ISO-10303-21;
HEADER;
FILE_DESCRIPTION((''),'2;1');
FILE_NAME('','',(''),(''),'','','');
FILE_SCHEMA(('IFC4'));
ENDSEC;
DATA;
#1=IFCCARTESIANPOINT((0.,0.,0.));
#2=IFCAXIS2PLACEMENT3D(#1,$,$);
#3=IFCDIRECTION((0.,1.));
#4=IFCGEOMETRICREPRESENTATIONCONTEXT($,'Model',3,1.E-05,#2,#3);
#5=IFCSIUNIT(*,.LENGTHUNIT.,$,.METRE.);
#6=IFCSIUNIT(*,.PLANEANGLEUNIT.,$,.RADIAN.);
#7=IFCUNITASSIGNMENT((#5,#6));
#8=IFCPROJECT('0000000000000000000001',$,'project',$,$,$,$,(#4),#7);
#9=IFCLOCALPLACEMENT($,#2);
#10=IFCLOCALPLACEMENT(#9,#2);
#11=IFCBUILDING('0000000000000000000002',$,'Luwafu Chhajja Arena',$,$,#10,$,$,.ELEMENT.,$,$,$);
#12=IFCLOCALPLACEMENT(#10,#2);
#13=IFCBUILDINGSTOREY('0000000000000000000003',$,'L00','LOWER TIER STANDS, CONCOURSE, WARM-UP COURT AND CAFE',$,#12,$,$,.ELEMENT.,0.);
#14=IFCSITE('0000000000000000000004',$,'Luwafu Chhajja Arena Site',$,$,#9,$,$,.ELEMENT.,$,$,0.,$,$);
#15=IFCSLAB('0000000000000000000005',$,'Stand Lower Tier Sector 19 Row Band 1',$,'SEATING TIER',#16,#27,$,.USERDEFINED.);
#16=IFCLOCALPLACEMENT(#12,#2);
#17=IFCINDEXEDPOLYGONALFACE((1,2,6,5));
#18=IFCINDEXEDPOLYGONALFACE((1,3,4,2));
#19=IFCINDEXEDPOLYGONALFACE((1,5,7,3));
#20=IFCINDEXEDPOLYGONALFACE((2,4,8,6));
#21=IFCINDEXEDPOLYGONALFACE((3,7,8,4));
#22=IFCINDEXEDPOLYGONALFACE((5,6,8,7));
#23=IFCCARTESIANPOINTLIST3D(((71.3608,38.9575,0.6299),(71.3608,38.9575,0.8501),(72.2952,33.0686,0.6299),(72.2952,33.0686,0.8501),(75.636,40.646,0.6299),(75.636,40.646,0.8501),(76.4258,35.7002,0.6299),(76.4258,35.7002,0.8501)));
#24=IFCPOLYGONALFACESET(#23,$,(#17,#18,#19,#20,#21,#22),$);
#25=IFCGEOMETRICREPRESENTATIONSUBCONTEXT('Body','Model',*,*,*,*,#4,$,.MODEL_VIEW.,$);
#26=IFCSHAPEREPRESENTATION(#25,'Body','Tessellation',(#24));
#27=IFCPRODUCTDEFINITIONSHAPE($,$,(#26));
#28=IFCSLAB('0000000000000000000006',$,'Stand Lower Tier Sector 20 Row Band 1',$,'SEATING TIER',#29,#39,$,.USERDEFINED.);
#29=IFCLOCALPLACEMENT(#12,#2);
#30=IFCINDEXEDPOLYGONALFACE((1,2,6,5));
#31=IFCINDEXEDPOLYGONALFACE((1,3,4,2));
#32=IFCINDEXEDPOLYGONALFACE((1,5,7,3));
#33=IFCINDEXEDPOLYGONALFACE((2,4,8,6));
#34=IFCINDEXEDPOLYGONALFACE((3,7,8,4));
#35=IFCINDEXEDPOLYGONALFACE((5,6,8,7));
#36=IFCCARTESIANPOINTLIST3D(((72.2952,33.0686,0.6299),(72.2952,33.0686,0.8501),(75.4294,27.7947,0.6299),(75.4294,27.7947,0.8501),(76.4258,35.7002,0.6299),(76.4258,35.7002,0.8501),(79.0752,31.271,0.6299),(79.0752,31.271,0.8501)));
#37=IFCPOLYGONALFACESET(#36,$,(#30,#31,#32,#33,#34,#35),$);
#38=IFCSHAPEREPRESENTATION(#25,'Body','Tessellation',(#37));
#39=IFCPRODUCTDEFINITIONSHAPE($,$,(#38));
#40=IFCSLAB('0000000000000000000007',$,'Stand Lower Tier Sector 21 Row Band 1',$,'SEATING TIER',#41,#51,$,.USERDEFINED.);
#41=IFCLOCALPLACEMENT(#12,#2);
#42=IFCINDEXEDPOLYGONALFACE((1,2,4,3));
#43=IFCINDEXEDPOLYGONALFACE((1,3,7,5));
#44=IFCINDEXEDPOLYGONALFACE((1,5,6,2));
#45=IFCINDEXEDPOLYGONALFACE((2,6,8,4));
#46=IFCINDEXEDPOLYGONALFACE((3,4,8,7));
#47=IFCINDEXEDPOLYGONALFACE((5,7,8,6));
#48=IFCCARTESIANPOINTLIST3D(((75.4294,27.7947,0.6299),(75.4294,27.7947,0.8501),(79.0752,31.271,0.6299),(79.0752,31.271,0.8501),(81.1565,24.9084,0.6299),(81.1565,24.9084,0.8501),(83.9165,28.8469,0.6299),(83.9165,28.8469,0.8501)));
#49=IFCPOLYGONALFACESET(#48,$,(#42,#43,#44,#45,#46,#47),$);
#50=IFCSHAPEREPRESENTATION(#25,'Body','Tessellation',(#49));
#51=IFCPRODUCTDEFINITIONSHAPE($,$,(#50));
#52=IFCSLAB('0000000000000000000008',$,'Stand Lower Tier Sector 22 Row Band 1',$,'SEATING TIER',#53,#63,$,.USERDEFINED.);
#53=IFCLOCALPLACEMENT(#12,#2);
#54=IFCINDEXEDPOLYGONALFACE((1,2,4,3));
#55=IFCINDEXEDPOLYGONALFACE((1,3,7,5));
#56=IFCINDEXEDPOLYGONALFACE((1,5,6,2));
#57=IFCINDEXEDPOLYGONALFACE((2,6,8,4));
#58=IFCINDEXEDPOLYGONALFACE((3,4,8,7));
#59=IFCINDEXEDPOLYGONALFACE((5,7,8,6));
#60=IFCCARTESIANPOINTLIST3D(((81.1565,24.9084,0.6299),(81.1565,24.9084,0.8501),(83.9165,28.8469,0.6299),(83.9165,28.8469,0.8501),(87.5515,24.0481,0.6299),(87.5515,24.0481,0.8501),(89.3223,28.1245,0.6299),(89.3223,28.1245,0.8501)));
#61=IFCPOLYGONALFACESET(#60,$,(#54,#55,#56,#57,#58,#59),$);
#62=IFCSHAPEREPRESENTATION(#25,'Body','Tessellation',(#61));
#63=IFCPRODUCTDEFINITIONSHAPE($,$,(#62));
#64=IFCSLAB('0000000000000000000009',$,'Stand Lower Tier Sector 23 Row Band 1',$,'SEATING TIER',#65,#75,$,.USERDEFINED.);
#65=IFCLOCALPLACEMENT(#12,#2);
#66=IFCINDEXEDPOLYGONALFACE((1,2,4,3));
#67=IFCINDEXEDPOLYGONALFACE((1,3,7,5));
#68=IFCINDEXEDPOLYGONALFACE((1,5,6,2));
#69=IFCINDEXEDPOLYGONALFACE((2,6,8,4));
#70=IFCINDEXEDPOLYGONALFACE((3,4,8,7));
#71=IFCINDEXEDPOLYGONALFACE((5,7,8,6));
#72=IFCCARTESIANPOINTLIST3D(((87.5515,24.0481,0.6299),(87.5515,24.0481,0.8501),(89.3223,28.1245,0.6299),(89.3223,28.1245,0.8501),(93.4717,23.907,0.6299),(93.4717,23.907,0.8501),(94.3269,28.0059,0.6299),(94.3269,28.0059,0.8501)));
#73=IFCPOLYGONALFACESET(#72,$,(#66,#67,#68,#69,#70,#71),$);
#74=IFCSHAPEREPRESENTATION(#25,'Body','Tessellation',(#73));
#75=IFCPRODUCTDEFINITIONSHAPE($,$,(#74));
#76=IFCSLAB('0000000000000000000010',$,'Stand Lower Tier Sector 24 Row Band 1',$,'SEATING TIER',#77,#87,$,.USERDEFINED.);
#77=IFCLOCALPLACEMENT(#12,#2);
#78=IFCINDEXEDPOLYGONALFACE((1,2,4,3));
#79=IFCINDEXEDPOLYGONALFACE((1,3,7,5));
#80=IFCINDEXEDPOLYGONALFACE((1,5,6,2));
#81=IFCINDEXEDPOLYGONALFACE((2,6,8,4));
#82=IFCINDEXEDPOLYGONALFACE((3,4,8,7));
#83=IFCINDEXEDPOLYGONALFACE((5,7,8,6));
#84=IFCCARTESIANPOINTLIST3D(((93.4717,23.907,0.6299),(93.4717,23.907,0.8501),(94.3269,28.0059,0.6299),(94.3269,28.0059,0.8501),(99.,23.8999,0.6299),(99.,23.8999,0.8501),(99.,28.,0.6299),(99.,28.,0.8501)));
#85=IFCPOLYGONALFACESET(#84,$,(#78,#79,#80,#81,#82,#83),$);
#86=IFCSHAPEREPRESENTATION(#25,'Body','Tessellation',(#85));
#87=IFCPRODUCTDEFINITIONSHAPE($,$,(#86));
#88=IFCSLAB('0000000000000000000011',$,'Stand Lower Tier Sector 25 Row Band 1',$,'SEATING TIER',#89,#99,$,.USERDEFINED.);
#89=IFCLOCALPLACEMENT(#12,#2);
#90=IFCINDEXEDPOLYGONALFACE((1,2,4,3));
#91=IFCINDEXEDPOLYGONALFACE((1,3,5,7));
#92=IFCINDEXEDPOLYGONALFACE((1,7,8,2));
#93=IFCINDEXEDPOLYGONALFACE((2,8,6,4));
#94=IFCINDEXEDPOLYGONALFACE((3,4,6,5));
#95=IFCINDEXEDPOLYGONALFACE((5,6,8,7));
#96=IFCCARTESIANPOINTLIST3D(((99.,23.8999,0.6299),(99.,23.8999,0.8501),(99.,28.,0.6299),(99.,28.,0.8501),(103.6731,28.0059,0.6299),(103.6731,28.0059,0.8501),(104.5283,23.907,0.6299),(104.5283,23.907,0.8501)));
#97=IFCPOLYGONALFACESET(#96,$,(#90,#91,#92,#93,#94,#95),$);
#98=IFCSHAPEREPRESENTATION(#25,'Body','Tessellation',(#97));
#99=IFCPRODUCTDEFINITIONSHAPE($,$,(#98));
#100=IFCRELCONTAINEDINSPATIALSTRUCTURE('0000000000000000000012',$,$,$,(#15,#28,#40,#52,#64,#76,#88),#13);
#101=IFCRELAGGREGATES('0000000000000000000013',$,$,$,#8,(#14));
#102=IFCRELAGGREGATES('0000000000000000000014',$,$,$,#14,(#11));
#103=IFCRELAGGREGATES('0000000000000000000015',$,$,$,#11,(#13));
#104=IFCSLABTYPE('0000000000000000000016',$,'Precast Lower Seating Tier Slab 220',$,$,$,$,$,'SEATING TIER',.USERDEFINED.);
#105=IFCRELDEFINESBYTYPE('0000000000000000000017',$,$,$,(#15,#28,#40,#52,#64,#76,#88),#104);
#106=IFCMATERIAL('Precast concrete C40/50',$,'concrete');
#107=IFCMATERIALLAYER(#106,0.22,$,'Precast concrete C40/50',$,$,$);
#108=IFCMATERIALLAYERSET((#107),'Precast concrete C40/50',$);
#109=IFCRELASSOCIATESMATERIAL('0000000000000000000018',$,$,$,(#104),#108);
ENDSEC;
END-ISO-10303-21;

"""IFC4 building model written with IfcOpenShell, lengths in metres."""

from ifc_helpers import new_model, si_unit, direction, frame, origin, place, context, subcontext, project, spatial, polyline, outline, extrude, material, layer, layer_set, type_object, element, save


model = new_model("IFC4")

# Units and contexts
model_context = context("Model", 3, precision=1e-05, world=origin(), true_north=direction((0.0, 1.0)))
body_context = subcontext(model_context, "Body", "Model", "MODEL_VIEW")
ifc_project = project(units=[si_unit("LENGTHUNIT", "METRE"), si_unit("PLANEANGLEUNIT", "RADIAN")], contexts=[model_context])

# Site, building, storey
site_placement = place(None, origin())
site = spatial("IfcSite", under=ifc_project, at=site_placement, Name="Luwafu Chhajja Arena Site", CompositionType="ELEMENT", RefElevation=0.0)
building_placement = place(site_placement, origin())
building = spatial("IfcBuilding", under=site, at=building_placement, Name="Luwafu Chhajja Arena", CompositionType="ELEMENT")
storey_placement = place(building_placement, origin())
storey = spatial("IfcBuildingStorey", under=building, at=storey_placement, Name="L00", Description="LOWER TIER STANDS, CONCOURSE, WARM-UP COURT AND CAFE", CompositionType="ELEMENT", Elevation=0.0)

# Slabs
ifc_material = material(Name="Precast concrete C40/50", Category="concrete")
ifc_layer = layer(ifc_material, 0.22, Name="Precast concrete C40/50")
ifc_layer_set = layer_set([ifc_layer], Name="Precast concrete C40/50")
slab_type = type_object("IfcSlabType", Name="Precast Lower Seating Tier Slab 220", ElementType="SEATING TIER", PredefinedType="USERDEFINED", material=ifc_layer_set)
slab_1_placement = place(storey_placement, frame((0.0, 0.0, 0.6299)))
element("IfcSlab", 1, at=slab_1_placement, inside=storey, type_object=slab_type, Name="Stand Lower Tier Sector 19 Row Band 1", ObjectType="SEATING TIER", PredefinedType="USERDEFINED", context=body_context, shape_type="SweptSolid", body=[
    extrude(outline(polyline([(75.636, 40.646), (76.4258, 35.7002), (72.2952, 33.0686), (71.3608, 38.9575), (75.636, 40.646)])), origin(), (0.0, 0.0, 1.0), 0.2202),
])
slab_2_placement = place(storey_placement, frame((0.0, 0.0, 0.6299)))
element("IfcSlab", 2, at=slab_2_placement, inside=storey, type_object=slab_type, Name="Stand Lower Tier Sector 20 Row Band 1", ObjectType="SEATING TIER", PredefinedType="USERDEFINED", context=body_context, shape_type="SweptSolid", body=[
    extrude(outline(polyline([(76.4258, 35.7002), (79.0752, 31.271), (75.4294, 27.7947), (72.2952, 33.0686), (76.4258, 35.7002)])), origin(), (0.0, 0.0, 1.0), 0.2202),
])
slab_3_placement = place(storey_placement, frame((0.0, 0.0, 0.6299)))
element("IfcSlab", 3, at=slab_3_placement, inside=storey, type_object=slab_type, Name="Stand Lower Tier Sector 21 Row Band 1", ObjectType="SEATING TIER", PredefinedType="USERDEFINED", context=body_context, shape_type="SweptSolid", body=[
    extrude(outline(polyline([(79.0752, 31.271), (83.9165, 28.8469), (81.1565, 24.9084), (75.4294, 27.7947), (79.0752, 31.271)])), origin(), (0.0, 0.0, 1.0), 0.2202),
])
slab_4_placement = place(storey_placement, frame((0.0, 0.0, 0.6299)))
element("IfcSlab", 4, at=slab_4_placement, inside=storey, type_object=slab_type, Name="Stand Lower Tier Sector 22 Row Band 1", ObjectType="SEATING TIER", PredefinedType="USERDEFINED", context=body_context, shape_type="SweptSolid", body=[
    extrude(outline(polyline([(83.9165, 28.8469), (89.3223, 28.1245), (87.5515, 24.0481), (81.1565, 24.9084), (83.9165, 28.8469)])), origin(), (0.0, 0.0, 1.0), 0.2202),
])
slab_5_placement = place(storey_placement, frame((0.0, 0.0, 0.6299)))
element("IfcSlab", 5, at=slab_5_placement, inside=storey, type_object=slab_type, Name="Stand Lower Tier Sector 23 Row Band 1", ObjectType="SEATING TIER", PredefinedType="USERDEFINED", context=body_context, shape_type="SweptSolid", body=[
    extrude(outline(polyline([(89.3223, 28.1245), (94.3269, 28.0059), (93.4717, 23.907), (87.5515, 24.0481), (89.3223, 28.1245)])), origin(), (0.0, 0.0, 1.0), 0.2202),
])
slab_6_placement = place(storey_placement, frame((0.0, 0.0, 0.6299)))
element("IfcSlab", 6, at=slab_6_placement, inside=storey, type_object=slab_type, Name="Stand Lower Tier Sector 24 Row Band 1", ObjectType="SEATING TIER", PredefinedType="USERDEFINED", context=body_context, shape_type="SweptSolid", body=[
    extrude(outline(polyline([(94.3269, 28.0059), (99.0, 28.0), (99.0, 23.8999), (93.4717, 23.907), (94.3269, 28.0059)])), origin(), (0.0, 0.0, 1.0), 0.2202),
])
slab_7_placement = place(storey_placement, frame((0.0, 0.0, 0.6299)))
element("IfcSlab", 7, at=slab_7_placement, inside=storey, type_object=slab_type, Name="Stand Lower Tier Sector 25 Row Band 1", ObjectType="SEATING TIER", PredefinedType="USERDEFINED", context=body_context, shape_type="SweptSolid", body=[
    extrude(outline(polyline([(99.0, 28.0), (103.6731, 28.0059), (104.5283, 23.907), (99.0, 23.8999), (99.0, 28.0)])), origin(), (0.0, 0.0, 1.0), 0.2202),
])

save(model, "model.ifc")
